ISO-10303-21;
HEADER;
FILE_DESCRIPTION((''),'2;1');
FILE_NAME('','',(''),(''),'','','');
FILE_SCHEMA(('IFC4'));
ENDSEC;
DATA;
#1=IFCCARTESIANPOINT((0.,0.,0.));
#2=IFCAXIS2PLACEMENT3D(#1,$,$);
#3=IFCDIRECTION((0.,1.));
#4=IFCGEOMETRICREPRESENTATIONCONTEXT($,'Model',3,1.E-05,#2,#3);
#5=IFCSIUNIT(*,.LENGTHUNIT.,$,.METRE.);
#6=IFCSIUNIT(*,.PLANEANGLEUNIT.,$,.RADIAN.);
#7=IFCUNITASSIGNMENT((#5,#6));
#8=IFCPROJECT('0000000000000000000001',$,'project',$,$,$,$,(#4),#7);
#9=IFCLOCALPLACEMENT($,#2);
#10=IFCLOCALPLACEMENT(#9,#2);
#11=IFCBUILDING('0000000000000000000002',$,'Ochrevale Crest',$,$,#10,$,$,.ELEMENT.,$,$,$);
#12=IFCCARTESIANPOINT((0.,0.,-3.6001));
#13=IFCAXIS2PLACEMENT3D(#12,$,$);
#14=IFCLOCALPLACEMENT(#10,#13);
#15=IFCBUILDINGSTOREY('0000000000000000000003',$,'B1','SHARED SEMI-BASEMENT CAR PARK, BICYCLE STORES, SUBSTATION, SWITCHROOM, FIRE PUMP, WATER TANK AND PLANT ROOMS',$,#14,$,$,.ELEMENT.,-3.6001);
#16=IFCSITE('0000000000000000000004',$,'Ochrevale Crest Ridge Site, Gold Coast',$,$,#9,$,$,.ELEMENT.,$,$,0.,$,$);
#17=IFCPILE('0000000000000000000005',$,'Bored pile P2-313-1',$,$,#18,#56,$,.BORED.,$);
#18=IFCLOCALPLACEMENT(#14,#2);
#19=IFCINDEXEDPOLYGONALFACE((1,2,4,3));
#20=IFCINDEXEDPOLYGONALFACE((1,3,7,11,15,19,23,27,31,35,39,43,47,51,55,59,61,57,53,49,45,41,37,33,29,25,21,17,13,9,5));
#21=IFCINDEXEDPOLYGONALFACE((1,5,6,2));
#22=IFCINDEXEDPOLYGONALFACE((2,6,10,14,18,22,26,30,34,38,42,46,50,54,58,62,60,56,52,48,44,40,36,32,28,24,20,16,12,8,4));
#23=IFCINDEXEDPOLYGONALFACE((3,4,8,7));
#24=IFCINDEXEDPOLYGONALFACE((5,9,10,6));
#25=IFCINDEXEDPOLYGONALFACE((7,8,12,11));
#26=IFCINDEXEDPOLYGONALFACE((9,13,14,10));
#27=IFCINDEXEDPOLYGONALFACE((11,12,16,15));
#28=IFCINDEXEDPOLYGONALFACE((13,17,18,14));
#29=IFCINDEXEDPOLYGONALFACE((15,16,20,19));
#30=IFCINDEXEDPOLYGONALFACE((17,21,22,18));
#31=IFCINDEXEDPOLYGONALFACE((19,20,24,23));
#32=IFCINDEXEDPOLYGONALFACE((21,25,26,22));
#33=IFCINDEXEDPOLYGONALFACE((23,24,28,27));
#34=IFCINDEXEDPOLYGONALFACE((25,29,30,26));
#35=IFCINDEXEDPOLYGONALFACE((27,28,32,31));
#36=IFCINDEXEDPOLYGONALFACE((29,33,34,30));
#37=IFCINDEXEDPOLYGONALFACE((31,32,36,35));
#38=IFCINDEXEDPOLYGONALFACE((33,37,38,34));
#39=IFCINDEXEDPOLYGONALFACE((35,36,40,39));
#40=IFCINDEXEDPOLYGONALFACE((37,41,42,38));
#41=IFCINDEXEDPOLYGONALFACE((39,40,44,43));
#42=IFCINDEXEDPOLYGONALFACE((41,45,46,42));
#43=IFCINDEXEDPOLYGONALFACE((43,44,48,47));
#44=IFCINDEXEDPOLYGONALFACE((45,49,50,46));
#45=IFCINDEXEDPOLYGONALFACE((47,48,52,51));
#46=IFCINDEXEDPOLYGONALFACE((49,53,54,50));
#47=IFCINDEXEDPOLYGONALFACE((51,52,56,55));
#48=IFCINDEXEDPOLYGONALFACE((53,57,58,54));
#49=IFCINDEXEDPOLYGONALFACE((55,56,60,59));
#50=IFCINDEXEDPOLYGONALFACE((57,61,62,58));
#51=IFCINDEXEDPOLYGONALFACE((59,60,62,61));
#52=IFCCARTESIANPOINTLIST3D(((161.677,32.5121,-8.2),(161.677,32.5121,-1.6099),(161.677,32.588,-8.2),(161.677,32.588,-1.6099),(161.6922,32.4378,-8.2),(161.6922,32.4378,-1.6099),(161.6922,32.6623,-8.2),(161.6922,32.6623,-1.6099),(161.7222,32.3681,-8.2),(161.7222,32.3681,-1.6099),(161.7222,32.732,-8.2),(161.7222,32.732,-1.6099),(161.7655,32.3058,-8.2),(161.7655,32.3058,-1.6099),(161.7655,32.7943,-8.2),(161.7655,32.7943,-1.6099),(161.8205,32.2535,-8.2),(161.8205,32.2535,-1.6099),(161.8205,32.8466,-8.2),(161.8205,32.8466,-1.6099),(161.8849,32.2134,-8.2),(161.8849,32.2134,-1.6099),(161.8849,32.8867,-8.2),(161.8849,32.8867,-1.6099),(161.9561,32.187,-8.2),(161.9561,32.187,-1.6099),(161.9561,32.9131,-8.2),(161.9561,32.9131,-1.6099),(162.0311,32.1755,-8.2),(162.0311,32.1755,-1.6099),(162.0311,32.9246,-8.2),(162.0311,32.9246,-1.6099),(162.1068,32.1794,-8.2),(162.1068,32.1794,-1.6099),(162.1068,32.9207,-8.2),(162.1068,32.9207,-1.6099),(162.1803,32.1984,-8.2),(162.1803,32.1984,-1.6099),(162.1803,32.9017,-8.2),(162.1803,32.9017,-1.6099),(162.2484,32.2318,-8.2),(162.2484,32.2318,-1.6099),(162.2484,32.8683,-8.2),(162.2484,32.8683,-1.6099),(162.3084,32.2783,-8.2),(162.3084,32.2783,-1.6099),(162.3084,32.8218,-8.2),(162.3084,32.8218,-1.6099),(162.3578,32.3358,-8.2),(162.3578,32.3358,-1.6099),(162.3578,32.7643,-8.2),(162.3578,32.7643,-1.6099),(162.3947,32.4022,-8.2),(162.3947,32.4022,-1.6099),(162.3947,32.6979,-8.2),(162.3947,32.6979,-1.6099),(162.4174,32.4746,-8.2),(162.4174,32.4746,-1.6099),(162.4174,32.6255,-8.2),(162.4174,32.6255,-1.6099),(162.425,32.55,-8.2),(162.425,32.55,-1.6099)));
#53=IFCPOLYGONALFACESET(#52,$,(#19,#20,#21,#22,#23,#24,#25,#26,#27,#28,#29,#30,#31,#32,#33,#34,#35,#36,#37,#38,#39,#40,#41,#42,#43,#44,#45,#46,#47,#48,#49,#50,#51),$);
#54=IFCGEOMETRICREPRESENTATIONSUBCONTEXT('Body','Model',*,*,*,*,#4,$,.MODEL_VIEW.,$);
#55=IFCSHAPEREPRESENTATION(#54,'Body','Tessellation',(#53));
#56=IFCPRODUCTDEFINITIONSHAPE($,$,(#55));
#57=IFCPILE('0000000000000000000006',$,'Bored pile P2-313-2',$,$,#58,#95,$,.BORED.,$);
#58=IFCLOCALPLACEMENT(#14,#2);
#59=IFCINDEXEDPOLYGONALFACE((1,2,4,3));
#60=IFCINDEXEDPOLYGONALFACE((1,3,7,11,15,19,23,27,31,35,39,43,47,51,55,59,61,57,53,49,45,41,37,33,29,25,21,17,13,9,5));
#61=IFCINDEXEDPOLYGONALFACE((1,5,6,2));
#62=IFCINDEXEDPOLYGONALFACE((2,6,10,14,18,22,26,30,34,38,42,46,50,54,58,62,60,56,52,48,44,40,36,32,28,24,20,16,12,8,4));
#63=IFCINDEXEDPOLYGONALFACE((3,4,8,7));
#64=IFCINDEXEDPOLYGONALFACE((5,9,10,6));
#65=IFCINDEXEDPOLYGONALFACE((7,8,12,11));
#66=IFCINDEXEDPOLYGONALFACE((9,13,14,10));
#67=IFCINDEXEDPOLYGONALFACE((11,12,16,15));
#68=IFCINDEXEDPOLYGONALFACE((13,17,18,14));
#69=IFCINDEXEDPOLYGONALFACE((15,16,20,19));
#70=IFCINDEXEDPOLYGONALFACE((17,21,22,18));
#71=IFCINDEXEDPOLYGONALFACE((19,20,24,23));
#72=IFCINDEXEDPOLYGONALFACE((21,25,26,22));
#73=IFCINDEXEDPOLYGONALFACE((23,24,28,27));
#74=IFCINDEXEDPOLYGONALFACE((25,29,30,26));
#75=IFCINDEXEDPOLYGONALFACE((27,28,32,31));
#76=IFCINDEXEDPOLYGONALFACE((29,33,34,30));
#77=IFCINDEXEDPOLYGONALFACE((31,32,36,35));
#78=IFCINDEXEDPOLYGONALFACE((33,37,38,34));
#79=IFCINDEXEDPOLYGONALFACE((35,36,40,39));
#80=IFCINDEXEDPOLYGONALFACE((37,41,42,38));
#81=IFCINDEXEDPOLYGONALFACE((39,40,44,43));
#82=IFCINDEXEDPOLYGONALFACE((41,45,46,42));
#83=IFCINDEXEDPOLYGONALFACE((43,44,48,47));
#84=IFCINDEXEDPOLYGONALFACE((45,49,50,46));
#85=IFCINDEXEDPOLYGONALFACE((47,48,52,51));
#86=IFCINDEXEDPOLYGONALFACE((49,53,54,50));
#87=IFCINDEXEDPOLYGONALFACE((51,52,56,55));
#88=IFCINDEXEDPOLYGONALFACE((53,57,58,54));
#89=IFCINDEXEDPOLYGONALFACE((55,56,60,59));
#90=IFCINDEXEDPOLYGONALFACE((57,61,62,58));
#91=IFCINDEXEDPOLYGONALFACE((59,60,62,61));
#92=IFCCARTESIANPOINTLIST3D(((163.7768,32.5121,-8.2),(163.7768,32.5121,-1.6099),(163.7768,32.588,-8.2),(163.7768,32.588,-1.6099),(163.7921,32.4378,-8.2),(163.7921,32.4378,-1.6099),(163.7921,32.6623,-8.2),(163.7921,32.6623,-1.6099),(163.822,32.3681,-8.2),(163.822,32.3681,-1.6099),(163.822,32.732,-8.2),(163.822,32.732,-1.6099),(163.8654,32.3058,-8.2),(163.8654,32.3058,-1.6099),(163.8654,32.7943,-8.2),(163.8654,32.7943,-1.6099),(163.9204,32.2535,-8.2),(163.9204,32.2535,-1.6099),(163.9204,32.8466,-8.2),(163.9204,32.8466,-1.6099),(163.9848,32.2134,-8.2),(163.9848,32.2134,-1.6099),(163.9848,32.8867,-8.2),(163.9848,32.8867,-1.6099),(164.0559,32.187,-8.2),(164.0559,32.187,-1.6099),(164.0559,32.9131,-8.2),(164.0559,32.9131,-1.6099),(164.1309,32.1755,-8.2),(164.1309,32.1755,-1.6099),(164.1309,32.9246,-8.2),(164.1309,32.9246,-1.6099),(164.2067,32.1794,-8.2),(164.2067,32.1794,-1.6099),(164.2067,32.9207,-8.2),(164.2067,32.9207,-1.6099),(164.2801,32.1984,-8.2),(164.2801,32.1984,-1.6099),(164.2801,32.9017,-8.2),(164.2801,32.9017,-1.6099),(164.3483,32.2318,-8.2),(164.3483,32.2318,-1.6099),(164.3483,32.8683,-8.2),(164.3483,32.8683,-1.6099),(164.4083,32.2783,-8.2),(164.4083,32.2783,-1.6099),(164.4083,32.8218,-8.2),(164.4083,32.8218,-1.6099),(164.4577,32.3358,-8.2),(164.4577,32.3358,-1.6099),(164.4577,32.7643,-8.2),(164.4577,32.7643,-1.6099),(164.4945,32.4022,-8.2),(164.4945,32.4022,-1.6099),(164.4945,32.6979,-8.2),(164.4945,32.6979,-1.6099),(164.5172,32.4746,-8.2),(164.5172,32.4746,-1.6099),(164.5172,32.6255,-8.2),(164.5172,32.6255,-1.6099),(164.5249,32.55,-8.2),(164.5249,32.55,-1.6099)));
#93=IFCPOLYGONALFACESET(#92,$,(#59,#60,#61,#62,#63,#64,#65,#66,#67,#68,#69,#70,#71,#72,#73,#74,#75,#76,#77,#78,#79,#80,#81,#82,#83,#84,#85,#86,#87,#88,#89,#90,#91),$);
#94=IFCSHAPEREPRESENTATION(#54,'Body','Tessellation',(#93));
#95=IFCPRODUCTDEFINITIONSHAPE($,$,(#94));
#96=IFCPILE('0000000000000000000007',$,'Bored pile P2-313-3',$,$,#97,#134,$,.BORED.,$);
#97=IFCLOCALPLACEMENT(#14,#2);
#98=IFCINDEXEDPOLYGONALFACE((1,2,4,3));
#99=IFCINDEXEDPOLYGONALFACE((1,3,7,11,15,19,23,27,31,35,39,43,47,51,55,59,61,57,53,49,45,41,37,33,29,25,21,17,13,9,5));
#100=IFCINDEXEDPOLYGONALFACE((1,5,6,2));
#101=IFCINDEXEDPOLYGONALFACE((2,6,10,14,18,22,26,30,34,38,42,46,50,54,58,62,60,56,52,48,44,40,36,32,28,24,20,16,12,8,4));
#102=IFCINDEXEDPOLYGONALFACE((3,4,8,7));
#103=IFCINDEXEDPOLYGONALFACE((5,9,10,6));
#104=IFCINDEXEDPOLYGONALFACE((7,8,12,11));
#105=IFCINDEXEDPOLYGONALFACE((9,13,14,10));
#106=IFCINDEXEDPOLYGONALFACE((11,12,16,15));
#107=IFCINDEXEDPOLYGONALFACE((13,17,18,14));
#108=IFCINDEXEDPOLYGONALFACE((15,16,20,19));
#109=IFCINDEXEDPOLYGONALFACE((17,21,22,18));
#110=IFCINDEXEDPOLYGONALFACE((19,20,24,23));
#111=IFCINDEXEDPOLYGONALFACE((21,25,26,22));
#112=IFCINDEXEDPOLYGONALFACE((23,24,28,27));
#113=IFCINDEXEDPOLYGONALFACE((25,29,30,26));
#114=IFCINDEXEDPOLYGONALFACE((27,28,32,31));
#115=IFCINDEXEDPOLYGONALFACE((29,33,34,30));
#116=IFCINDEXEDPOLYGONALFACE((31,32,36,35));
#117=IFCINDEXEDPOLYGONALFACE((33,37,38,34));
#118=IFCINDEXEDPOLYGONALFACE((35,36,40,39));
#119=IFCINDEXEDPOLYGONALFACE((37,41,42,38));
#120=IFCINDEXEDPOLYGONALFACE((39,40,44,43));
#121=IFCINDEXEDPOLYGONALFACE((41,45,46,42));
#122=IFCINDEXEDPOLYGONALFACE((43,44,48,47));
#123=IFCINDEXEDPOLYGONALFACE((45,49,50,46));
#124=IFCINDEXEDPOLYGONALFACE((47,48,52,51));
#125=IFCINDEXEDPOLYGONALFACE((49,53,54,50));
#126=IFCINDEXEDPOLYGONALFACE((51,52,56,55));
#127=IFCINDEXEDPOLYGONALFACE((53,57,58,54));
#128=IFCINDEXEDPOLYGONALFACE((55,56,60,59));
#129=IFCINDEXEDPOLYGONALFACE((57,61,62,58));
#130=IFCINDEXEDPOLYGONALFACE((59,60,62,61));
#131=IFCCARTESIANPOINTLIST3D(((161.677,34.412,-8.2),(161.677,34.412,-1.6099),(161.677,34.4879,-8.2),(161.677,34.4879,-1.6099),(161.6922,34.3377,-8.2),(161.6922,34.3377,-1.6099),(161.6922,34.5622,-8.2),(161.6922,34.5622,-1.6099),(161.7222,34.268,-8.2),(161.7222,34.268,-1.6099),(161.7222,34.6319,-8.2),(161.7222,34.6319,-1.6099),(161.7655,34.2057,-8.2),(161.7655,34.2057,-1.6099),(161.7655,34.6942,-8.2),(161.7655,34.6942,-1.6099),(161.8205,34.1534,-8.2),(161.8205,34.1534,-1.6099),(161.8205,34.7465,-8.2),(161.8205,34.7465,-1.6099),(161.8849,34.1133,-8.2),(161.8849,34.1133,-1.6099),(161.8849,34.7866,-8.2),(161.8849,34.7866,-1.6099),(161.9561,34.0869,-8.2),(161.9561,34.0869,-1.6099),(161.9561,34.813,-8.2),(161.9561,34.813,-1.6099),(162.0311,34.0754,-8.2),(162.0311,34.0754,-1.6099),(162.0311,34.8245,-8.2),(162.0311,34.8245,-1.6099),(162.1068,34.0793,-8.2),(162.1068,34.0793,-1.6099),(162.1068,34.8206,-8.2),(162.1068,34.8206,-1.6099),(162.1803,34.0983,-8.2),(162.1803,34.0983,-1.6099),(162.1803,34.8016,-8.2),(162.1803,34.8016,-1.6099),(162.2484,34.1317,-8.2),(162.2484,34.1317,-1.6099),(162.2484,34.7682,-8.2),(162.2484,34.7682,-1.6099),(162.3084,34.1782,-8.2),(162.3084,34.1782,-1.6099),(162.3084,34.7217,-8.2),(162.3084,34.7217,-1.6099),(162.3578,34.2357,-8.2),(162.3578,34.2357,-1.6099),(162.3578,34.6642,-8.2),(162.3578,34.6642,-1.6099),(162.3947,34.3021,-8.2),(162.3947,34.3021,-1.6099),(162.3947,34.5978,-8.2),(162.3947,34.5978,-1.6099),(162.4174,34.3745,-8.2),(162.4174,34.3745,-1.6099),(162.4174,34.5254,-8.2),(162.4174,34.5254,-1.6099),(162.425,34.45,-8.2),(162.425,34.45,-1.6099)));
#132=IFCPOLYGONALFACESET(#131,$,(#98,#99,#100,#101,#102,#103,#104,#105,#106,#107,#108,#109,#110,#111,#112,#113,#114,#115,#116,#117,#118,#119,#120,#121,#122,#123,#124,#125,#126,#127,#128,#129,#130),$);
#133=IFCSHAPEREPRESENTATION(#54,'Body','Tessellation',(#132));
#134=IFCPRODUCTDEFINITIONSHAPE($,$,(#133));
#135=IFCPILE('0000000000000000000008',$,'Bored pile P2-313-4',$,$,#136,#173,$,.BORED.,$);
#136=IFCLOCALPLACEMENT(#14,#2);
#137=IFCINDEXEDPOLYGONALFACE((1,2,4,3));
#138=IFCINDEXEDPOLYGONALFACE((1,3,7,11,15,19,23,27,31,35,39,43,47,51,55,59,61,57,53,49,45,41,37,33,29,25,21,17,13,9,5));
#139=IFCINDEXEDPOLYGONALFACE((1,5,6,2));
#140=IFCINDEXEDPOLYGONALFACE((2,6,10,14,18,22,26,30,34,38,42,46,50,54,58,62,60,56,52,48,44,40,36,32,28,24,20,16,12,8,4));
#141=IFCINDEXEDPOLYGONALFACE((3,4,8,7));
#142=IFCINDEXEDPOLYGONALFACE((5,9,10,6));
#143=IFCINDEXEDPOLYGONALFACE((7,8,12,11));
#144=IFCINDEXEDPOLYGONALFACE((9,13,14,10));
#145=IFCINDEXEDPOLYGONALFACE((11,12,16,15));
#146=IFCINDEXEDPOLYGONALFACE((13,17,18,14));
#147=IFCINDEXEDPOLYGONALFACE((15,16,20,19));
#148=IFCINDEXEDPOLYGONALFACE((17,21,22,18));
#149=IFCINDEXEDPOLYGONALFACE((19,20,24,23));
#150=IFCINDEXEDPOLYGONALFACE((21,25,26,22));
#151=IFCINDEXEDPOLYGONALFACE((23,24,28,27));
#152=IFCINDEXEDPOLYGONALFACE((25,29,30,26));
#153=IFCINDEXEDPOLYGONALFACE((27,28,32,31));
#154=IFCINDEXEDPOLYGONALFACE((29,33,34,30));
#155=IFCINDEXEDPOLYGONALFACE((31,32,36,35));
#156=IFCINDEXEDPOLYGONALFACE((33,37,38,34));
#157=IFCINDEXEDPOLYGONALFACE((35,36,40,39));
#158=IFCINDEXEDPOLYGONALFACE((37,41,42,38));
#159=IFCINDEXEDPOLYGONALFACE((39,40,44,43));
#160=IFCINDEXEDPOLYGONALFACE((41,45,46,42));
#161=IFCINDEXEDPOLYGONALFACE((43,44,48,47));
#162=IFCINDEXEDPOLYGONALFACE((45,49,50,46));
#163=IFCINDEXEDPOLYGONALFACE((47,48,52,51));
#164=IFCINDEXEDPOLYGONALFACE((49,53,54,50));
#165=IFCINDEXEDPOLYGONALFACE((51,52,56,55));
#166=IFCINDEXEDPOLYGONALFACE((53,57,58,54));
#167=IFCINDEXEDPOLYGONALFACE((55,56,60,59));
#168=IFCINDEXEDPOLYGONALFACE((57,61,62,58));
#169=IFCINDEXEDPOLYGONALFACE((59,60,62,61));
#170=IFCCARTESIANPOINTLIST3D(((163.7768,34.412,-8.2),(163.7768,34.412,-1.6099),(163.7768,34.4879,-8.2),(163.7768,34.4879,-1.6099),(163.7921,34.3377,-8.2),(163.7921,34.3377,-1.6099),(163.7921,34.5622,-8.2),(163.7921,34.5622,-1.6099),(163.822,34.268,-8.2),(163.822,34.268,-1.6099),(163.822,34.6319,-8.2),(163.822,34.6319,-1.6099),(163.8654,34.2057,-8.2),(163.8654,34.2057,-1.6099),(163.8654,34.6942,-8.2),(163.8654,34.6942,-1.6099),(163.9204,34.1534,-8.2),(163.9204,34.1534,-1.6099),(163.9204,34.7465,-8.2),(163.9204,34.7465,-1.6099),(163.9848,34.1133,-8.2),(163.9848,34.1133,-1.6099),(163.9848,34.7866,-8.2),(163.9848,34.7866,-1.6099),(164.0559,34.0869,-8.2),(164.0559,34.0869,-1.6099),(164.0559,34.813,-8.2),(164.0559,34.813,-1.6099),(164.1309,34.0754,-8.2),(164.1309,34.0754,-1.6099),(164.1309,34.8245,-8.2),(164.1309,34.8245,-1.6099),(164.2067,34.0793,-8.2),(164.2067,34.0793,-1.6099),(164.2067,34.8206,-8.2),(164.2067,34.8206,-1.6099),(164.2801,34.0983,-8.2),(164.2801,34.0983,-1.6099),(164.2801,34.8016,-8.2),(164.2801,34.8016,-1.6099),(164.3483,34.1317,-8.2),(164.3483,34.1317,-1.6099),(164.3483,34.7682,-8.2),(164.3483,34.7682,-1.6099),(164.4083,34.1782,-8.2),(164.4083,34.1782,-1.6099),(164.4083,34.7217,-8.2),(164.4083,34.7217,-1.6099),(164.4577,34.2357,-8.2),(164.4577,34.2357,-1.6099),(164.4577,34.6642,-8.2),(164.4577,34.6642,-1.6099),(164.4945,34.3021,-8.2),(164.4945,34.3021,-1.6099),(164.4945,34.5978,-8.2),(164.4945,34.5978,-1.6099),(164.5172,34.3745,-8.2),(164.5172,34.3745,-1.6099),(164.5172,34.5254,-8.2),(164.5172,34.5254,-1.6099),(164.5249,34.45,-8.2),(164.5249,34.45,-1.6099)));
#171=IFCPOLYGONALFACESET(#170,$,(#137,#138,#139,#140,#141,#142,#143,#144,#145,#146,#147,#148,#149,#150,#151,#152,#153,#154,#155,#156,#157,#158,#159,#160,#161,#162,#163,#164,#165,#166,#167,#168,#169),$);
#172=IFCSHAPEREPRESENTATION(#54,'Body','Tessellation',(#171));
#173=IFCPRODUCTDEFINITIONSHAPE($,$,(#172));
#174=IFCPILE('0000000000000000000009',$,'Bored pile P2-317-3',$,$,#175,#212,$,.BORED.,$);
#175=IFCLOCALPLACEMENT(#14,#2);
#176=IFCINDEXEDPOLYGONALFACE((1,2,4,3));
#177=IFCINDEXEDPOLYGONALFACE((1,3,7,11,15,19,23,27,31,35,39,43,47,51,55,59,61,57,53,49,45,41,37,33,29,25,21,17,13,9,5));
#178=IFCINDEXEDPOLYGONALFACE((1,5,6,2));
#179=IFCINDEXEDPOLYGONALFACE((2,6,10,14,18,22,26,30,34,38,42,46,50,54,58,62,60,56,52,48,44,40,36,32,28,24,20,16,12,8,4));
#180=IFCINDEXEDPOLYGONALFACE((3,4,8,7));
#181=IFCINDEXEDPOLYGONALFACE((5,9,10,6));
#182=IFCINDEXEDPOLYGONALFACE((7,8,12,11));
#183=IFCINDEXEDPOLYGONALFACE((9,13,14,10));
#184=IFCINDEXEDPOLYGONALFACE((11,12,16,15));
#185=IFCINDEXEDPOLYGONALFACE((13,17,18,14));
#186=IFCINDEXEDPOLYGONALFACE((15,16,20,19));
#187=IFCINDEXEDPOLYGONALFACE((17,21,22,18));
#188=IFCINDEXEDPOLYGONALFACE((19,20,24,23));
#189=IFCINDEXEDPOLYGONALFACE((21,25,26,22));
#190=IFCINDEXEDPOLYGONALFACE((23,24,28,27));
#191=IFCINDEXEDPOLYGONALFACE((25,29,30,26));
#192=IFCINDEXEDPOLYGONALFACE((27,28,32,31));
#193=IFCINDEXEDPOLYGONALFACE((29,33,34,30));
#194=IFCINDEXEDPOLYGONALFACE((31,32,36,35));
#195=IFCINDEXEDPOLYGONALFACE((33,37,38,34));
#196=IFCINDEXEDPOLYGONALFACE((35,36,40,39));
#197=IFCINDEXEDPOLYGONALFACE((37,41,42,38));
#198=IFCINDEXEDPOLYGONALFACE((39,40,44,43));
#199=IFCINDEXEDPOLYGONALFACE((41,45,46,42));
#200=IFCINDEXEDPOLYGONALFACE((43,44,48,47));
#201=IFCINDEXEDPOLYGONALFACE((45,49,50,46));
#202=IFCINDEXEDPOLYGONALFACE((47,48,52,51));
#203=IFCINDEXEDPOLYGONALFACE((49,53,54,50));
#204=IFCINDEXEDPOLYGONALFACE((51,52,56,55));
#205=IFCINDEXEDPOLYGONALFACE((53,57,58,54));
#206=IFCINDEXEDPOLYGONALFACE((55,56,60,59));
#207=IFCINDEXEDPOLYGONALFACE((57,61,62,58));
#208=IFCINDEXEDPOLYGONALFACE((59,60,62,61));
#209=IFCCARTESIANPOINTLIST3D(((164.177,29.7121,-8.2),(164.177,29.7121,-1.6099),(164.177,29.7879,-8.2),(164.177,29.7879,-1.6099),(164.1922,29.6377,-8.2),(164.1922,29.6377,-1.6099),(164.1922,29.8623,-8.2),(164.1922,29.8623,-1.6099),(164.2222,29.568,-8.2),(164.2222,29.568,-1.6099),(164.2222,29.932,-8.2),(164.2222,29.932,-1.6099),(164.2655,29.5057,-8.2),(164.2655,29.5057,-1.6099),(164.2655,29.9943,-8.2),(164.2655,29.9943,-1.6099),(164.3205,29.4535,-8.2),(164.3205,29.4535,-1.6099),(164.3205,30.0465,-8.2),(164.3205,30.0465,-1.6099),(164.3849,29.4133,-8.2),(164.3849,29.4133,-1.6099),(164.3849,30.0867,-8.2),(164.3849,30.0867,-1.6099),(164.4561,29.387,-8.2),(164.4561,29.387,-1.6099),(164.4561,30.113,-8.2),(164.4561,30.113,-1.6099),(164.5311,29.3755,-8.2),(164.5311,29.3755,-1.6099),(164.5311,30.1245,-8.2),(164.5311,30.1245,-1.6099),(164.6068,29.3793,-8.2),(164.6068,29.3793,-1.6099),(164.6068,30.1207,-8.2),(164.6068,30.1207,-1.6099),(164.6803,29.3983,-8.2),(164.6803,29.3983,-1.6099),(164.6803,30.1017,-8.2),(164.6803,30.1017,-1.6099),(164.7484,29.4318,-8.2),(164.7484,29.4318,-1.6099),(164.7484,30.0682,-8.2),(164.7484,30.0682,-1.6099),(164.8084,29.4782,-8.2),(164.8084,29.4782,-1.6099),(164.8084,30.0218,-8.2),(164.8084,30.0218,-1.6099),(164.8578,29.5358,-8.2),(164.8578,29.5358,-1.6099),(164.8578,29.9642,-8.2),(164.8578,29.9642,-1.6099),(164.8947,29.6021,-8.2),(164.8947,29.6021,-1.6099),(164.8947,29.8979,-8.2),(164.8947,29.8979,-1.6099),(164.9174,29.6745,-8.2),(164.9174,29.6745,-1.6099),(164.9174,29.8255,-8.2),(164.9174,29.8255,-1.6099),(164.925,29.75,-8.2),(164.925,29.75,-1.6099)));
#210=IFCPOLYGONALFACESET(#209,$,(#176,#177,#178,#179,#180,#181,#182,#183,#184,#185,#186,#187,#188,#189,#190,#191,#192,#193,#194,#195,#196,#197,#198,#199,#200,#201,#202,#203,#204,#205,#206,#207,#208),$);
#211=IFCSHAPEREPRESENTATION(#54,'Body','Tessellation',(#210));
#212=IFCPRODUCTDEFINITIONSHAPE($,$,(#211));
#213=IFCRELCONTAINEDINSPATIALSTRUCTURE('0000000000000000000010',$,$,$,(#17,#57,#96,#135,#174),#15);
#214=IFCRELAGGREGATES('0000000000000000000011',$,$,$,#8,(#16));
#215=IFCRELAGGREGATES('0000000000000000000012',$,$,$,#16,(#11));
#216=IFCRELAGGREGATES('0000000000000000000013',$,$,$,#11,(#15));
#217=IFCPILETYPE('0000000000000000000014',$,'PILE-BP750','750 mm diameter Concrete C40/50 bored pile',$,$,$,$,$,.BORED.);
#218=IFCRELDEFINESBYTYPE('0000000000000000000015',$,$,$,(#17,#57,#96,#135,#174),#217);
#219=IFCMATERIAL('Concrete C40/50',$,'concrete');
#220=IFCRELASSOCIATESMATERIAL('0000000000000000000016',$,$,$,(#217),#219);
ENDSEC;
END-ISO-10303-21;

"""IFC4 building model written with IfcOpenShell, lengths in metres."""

from ifc_helpers import new_model, si_unit, direction, frame, origin, origin_2d, place, context, subcontext, project, spatial, circle, extrude, material, material_profile, profile_set, type_object, element, save


model = new_model("IFC4")

# Units and contexts
model_context = context("Model", 3, precision=1e-05, world=origin(), true_north=direction((0.0, 1.0)))
body_context = subcontext(model_context, "Body", "Model", "MODEL_VIEW")
ifc_project = project(units=[si_unit("LENGTHUNIT", "METRE"), si_unit("PLANEANGLEUNIT", "RADIAN")], contexts=[model_context])

# Site, building, storey
site_placement = place(None, origin())
site = spatial("IfcSite", under=ifc_project, at=site_placement, Name="Ochrevale Crest Ridge Site, Gold Coast", CompositionType="ELEMENT", RefElevation=0.0)
building_placement = place(site_placement, origin())
building = spatial("IfcBuilding", under=site, at=building_placement, Name="Ochrevale Crest", CompositionType="ELEMENT")
storey_placement = place(building_placement, frame((0.0, 0.0, -3.6001)))
storey = spatial("IfcBuildingStorey", under=building, at=storey_placement, Name="B1", Description="SHARED SEMI-BASEMENT CAR PARK, BICYCLE STORES, SUBSTATION, SWITCHROOM, FIRE PUMP, WATER TANK AND PLANT ROOMS", CompositionType="ELEMENT", Elevation=-3.6001)

# Shared definitions
ifc_material_1 = material(Name="Concrete C40/50", Category="concrete")

# Piles
ifc_material_profile_1 = material_profile(ifc_material_1, circle(Radius=0.375, at=origin_2d()), Name="BORED PILE 750")
ifc_profile_set_1 = profile_set([ifc_material_profile_1], Name="Concrete C40/50")
pile_type_1 = type_object("IfcPileType", Name="PILE-BP750", Description="750 mm diameter Concrete C40/50 bored pile", PredefinedType="BORED", material=ifc_profile_set_1)
for number, where, z_axis, x_axis, name in (
    (1, (162.05, 32.55, -1.6099), (0.0, 0.0, -1.0), (1.0, 0.0, 0.0), "Bored pile P2-313-1"),
    (2, (164.1499, 32.55, -1.6099), (0.0, 0.0, -1.0), (1.0, 0.0, 0.0), "Bored pile P2-313-2"),
    (3, (162.05, 34.45, -1.6099), (0.0, 0.0, -1.0), (1.0, 0.0, 0.0), "Bored pile P2-313-3"),
    (4, (164.1499, 34.45, -1.6099), (0.0, 0.0, -1.0), (1.0, 0.0, 0.0), "Bored pile P2-313-4"),
    (5, (164.55, 29.75, -1.6099), (0.0, 0.0, -1.0), (1.0, 0.0, 0.0), "Bored pile P2-317-3"),
):
    element("IfcPile", number, at=place(storey_placement, frame(where, z_axis=z_axis, x_axis=x_axis)), inside=storey, type_object=pile_type_1, Name=name, PredefinedType="BORED", context=body_context, shape_type="SweptSolid", body=[
        extrude(circle(Radius=0.375, at=origin_2d()), origin(), (0.0, 0.0, 1.0), 6.5901),
    ])

save(model, "model.ifc")
